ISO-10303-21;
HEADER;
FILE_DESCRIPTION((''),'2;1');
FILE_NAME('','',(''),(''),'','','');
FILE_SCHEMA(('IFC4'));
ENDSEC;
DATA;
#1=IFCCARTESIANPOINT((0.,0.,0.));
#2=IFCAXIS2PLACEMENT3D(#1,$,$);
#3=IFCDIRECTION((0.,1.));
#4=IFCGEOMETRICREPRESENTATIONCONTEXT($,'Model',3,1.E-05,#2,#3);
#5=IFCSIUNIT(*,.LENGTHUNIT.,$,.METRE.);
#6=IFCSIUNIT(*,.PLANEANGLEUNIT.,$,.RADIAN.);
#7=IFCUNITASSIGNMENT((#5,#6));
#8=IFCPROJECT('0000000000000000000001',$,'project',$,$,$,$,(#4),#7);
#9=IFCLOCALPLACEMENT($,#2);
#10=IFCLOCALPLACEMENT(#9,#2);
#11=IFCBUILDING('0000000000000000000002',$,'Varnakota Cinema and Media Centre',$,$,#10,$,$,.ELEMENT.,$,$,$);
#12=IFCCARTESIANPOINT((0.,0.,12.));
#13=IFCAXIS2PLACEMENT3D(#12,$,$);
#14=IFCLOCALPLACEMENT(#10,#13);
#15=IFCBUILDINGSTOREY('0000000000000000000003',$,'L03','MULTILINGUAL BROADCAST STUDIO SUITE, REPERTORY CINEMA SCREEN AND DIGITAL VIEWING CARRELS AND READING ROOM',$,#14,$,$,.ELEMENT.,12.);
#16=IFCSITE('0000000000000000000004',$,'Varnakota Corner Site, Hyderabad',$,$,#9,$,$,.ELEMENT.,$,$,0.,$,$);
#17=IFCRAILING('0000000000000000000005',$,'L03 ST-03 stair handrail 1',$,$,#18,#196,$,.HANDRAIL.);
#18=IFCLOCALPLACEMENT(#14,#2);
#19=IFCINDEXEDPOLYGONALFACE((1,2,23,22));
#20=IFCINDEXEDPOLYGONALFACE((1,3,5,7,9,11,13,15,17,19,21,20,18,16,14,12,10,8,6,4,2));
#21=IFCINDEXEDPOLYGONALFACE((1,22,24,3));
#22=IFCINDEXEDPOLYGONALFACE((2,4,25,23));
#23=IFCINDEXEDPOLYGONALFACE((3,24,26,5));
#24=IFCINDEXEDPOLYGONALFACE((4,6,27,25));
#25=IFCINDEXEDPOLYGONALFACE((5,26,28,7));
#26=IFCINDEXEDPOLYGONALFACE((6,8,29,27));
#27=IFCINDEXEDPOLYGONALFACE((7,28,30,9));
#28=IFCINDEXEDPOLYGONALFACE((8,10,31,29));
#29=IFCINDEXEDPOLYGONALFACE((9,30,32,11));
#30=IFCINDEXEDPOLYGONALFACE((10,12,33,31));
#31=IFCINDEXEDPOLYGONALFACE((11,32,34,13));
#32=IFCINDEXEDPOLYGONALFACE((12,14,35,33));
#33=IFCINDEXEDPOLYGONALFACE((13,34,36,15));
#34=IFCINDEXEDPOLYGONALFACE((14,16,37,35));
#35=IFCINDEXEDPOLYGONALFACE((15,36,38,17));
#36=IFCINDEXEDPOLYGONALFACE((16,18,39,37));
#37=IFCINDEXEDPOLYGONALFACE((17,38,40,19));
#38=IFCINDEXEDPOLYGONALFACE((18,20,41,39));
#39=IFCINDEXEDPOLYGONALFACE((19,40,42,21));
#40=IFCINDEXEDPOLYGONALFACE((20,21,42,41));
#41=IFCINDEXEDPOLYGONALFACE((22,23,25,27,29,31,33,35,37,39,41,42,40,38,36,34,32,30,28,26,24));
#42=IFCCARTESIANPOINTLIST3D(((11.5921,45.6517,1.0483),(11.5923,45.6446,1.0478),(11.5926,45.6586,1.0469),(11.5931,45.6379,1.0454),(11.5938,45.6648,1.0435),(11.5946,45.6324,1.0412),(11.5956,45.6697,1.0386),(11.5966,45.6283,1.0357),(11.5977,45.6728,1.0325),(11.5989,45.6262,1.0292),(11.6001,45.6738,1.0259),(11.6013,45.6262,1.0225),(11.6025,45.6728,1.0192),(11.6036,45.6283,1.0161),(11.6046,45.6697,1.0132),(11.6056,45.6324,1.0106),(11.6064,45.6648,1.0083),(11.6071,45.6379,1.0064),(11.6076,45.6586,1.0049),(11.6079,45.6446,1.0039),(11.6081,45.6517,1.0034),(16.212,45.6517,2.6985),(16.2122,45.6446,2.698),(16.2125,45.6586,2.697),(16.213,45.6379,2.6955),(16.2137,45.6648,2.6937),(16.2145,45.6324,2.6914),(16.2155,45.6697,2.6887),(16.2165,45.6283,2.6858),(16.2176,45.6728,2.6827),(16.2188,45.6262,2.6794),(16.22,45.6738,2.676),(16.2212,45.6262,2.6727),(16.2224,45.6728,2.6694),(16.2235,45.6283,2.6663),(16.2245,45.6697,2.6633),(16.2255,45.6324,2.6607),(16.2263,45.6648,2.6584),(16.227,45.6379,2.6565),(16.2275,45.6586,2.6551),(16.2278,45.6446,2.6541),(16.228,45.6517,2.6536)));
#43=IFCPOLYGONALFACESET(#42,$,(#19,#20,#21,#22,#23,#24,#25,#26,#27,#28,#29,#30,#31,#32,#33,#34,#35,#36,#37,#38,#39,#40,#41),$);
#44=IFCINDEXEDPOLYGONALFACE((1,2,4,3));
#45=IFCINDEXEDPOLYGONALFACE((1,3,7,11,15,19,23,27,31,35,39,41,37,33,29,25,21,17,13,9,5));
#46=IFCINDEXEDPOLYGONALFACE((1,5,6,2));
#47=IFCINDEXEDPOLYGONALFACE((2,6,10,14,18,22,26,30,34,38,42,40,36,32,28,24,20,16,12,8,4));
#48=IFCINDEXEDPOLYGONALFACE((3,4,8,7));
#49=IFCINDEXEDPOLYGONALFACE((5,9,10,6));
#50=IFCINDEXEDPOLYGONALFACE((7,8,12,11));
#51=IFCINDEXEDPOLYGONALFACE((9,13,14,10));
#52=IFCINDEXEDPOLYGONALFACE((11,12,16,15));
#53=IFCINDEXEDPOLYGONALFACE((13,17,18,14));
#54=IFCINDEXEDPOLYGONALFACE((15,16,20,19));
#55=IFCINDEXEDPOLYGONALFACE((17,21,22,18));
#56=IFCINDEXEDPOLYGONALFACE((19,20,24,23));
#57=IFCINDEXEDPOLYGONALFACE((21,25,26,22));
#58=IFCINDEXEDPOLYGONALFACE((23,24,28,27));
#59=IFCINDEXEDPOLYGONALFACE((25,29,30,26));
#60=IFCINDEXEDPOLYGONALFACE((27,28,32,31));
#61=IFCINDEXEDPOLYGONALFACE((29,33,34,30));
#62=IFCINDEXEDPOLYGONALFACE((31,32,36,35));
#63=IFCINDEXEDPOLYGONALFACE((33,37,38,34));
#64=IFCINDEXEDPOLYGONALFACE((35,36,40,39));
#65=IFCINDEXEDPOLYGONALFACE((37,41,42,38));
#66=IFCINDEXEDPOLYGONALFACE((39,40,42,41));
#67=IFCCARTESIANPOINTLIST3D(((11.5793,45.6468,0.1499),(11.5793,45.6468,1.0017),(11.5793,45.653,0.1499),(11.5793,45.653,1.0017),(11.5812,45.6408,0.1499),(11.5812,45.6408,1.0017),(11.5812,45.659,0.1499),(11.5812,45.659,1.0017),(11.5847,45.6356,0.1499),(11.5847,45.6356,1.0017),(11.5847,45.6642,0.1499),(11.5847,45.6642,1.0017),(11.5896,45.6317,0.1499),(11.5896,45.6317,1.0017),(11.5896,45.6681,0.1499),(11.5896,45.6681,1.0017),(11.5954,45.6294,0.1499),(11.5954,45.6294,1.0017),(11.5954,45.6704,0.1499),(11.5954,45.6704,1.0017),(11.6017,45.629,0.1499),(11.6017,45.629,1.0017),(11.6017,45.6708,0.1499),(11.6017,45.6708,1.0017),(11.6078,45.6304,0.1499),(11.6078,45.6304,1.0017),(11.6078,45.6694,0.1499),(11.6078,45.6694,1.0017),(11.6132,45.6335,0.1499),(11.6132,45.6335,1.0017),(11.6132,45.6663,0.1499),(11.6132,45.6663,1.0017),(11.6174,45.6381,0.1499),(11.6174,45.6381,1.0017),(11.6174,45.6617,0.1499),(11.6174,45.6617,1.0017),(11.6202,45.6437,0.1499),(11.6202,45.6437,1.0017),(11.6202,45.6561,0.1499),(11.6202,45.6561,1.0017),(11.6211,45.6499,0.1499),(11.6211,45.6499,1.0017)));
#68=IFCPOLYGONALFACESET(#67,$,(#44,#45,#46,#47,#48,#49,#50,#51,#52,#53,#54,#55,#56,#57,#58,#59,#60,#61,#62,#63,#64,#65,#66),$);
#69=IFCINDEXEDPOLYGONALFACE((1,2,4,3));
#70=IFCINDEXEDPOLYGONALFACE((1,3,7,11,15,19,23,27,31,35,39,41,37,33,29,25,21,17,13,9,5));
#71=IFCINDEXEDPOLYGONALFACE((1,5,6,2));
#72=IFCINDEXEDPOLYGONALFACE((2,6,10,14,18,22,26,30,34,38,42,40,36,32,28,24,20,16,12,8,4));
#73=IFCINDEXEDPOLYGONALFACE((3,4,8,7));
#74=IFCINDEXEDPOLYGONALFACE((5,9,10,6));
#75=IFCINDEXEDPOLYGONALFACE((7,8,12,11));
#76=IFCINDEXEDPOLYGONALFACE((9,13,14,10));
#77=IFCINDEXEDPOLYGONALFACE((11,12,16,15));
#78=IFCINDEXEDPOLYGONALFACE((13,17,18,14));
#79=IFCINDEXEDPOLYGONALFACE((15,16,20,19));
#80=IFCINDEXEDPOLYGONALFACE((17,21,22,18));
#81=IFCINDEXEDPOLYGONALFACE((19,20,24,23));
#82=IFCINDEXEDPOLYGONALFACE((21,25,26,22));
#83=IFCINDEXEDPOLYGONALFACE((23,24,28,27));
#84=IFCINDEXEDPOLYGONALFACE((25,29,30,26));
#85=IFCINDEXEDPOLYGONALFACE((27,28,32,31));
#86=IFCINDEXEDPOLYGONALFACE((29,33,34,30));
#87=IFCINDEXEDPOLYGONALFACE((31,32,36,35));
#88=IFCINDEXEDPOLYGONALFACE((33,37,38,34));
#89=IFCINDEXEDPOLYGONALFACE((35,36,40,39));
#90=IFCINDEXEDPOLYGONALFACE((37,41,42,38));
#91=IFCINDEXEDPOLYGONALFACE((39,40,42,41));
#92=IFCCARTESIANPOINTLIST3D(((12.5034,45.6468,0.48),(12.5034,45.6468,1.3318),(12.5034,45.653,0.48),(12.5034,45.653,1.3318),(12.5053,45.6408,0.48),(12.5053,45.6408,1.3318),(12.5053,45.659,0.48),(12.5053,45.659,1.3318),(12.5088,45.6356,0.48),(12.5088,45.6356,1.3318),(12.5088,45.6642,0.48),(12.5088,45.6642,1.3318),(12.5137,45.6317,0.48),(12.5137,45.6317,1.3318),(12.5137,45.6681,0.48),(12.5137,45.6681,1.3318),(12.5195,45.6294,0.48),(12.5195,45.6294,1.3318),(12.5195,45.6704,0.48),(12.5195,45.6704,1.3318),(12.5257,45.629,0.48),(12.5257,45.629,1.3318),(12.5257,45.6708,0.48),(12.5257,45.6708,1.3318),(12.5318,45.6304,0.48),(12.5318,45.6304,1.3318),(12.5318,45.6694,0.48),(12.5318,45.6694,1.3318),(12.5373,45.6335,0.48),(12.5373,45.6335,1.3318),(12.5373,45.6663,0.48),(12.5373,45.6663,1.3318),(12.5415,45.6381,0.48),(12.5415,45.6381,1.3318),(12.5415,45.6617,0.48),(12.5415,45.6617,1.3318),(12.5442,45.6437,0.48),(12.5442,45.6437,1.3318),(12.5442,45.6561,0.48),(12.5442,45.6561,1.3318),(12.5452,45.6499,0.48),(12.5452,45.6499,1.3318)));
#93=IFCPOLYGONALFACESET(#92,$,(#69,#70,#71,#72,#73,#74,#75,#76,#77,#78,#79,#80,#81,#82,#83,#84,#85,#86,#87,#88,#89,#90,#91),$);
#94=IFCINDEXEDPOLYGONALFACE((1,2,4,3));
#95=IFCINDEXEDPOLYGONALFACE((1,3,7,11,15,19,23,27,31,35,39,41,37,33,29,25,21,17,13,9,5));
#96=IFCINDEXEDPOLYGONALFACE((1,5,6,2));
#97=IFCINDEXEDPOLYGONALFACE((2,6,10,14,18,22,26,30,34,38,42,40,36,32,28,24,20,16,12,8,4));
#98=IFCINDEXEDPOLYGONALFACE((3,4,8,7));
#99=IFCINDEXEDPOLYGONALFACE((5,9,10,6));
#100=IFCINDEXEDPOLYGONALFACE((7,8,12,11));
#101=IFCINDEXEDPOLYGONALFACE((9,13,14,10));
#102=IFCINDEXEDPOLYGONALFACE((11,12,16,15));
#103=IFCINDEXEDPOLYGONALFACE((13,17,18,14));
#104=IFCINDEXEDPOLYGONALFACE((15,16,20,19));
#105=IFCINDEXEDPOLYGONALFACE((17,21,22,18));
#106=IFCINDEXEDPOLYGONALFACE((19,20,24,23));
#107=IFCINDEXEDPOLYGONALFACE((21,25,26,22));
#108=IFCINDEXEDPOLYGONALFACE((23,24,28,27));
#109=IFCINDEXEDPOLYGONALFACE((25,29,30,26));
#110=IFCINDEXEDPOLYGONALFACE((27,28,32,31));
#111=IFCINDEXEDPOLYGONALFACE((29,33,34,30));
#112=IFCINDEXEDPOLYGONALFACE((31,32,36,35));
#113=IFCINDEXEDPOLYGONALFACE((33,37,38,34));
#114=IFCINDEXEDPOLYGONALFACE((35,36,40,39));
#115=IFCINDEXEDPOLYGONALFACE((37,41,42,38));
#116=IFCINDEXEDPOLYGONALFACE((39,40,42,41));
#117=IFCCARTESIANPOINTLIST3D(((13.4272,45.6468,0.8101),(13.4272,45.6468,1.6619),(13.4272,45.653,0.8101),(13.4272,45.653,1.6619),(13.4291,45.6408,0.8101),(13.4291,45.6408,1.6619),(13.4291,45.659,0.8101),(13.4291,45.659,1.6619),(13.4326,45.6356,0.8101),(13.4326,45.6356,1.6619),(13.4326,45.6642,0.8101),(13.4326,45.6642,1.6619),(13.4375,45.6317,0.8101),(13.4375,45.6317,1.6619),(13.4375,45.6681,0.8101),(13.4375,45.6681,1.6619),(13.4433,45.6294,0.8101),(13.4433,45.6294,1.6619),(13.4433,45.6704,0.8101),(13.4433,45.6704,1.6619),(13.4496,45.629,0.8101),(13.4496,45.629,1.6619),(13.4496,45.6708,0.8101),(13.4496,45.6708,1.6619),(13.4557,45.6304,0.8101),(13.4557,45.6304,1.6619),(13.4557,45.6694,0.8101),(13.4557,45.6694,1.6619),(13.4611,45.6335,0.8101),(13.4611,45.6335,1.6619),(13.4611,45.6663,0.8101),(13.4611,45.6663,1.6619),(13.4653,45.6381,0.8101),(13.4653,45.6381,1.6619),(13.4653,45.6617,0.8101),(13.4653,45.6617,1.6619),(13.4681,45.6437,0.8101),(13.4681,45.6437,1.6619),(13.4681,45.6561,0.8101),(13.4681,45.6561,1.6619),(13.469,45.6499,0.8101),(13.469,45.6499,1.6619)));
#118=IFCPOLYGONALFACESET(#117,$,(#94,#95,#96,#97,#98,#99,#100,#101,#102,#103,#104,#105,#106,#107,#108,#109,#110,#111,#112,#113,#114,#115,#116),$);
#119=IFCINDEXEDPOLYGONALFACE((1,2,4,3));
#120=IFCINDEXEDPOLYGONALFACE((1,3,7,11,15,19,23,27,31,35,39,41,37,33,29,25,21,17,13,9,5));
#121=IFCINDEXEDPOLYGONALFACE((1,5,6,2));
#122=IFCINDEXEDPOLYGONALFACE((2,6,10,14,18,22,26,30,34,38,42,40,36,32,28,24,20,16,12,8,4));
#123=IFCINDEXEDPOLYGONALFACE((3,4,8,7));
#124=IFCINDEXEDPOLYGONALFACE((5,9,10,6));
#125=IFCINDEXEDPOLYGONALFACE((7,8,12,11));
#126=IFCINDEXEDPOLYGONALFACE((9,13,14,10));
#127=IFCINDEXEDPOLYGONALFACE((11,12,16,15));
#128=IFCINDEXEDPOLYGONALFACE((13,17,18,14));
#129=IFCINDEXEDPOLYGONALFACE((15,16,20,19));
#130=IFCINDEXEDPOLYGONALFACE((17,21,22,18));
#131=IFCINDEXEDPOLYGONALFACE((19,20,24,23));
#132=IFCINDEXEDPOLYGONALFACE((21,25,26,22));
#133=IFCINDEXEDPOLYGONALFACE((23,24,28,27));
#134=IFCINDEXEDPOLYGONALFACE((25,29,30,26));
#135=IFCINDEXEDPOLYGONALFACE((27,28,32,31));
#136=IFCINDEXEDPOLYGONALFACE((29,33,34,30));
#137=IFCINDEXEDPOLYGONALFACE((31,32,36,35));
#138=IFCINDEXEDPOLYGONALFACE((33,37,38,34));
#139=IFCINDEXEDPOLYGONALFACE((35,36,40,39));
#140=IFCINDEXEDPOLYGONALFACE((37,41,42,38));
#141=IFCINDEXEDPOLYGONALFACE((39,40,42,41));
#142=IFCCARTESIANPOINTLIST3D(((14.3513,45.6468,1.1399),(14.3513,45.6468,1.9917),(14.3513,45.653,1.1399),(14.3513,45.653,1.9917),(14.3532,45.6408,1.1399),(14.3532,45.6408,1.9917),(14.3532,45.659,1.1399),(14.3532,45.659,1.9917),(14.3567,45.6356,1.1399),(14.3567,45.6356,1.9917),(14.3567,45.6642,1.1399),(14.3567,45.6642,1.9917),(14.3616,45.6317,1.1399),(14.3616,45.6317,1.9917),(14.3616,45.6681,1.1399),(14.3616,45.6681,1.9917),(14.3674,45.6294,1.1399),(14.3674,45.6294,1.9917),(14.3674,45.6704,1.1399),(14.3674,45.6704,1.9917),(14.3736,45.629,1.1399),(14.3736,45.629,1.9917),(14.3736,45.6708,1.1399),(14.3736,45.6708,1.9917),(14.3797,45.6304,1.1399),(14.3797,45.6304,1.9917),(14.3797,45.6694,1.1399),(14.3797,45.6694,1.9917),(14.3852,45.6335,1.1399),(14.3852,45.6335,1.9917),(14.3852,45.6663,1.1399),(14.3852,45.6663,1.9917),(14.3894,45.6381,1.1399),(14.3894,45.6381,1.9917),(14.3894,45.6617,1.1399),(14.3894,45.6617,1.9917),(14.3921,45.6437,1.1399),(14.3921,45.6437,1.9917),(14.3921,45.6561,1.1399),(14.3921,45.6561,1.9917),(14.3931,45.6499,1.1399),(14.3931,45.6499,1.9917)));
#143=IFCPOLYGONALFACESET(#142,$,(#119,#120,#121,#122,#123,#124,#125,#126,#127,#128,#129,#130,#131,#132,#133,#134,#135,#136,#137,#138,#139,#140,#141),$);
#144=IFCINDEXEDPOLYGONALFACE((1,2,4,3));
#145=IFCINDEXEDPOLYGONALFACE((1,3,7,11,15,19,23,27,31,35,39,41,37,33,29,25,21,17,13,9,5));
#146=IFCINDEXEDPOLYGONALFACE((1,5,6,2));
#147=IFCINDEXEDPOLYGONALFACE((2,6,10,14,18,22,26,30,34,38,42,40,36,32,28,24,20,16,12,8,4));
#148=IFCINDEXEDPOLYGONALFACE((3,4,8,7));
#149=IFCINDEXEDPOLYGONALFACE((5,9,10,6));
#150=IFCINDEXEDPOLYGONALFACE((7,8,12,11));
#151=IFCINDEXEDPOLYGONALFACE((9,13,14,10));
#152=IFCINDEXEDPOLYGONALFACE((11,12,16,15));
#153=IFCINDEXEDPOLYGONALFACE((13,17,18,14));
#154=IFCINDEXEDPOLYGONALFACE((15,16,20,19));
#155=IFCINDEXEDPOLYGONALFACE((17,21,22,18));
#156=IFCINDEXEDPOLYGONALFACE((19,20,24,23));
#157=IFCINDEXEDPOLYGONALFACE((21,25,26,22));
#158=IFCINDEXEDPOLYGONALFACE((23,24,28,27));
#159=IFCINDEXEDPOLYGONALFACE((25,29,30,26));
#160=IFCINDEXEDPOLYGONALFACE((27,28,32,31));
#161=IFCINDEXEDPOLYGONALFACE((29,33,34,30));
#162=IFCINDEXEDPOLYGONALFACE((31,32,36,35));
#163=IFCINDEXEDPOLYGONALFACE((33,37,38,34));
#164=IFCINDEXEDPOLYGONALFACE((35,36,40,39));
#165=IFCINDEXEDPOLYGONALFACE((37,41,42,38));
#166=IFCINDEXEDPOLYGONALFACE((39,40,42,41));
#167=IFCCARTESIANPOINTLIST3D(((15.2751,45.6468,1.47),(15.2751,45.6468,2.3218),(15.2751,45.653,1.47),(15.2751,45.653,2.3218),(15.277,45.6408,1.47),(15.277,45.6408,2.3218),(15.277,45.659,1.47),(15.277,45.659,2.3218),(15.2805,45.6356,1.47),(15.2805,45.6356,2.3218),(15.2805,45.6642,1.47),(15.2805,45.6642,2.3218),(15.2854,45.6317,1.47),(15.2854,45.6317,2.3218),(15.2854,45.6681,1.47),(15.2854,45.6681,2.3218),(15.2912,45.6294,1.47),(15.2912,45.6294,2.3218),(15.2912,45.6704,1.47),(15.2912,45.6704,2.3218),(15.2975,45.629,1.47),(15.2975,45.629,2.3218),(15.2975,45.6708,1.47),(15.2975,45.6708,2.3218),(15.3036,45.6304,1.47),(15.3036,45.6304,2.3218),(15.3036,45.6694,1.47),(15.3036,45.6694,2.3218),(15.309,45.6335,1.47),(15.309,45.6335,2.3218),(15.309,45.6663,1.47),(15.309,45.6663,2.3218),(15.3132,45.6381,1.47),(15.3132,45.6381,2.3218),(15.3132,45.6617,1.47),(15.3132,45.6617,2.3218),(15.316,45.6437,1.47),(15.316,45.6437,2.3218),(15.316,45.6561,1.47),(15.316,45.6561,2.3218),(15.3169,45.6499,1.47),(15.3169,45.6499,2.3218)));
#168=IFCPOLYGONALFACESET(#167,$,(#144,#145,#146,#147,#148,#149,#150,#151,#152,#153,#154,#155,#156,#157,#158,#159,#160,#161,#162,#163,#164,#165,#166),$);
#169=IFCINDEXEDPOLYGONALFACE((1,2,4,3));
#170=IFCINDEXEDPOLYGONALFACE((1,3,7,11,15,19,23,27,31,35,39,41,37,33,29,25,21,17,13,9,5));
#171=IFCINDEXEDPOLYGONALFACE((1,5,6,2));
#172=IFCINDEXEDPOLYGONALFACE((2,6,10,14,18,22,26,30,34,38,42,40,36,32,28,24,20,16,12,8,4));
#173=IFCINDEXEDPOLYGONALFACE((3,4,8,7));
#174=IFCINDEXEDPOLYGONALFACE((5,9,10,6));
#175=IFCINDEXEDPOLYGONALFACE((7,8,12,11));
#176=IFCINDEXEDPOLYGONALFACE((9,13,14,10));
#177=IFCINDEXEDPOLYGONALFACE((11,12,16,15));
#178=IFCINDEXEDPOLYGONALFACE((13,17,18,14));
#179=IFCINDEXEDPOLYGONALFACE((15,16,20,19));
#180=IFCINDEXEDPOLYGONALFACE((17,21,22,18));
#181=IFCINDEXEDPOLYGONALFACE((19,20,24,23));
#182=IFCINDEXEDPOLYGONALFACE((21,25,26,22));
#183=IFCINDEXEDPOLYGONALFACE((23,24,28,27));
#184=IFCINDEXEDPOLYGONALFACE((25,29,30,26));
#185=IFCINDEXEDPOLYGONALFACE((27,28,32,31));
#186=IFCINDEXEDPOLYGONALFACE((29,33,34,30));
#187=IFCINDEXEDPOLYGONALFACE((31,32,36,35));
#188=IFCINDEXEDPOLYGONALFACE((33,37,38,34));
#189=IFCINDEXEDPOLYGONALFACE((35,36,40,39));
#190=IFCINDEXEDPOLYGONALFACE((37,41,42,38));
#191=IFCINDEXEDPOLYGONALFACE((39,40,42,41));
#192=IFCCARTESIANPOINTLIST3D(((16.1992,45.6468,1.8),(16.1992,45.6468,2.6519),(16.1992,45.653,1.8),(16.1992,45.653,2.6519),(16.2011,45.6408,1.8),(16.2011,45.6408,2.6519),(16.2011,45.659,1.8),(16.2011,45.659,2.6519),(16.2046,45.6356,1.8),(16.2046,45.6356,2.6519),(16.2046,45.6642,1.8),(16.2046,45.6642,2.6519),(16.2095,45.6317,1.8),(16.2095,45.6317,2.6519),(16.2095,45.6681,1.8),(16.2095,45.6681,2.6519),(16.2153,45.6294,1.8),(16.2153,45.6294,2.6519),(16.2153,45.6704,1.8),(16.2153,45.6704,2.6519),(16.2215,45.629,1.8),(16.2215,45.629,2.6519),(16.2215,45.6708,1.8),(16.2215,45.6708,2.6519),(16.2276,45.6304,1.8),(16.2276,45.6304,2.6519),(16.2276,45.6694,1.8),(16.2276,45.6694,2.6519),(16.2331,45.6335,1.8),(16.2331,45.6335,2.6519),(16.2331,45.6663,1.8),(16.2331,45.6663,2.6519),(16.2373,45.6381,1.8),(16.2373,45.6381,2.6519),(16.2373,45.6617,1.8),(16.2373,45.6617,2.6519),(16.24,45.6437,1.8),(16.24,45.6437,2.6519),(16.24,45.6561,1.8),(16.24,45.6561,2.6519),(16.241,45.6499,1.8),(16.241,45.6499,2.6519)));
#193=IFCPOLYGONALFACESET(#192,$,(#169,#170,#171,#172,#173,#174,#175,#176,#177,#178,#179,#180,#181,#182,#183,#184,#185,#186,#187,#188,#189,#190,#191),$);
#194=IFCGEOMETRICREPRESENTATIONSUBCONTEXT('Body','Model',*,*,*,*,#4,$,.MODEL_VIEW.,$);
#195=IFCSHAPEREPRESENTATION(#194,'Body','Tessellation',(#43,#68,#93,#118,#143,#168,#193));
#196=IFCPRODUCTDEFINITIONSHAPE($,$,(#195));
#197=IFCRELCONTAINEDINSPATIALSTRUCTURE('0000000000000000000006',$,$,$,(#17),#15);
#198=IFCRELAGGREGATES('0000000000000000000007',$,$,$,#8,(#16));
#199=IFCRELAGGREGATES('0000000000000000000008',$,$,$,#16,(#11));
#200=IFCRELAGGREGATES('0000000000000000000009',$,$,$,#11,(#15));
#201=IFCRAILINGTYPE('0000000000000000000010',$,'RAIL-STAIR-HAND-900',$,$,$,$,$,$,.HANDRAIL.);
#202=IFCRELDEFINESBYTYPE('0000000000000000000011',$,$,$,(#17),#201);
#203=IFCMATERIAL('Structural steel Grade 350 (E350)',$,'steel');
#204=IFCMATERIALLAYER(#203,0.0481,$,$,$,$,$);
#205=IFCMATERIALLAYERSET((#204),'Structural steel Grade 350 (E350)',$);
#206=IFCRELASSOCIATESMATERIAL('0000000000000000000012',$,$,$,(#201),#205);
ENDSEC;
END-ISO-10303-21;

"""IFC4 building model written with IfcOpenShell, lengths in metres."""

from ifc_helpers import new_model, si_unit, direction, frame, origin, origin_2d, place, context, subcontext, project, spatial, circle, extrude, material, layer, layer_set, type_object, element, save


model = new_model("IFC4")

# Units and contexts
model_context = context("Model", 3, precision=1e-05, world=origin(), true_north=direction((0.0, 1.0)))
body_context = subcontext(model_context, "Body", "Model", "MODEL_VIEW")
ifc_project = project(units=[si_unit("LENGTHUNIT", "METRE"), si_unit("PLANEANGLEUNIT", "RADIAN")], contexts=[model_context])

# Site, building, storey
site_placement = place(None, origin())
site = spatial("IfcSite", under=ifc_project, at=site_placement, Name="Varnakota Corner Site, Hyderabad", CompositionType="ELEMENT", RefElevation=0.0)
building_placement = place(site_placement, origin())
building = spatial("IfcBuilding", under=site, at=building_placement, Name="Varnakota Cinema and Media Centre", CompositionType="ELEMENT")
storey_placement = place(building_placement, frame((0.0, 0.0, 12.0)))
storey = spatial("IfcBuildingStorey", under=building, at=storey_placement, Name="L03", Description="MULTILINGUAL BROADCAST STUDIO SUITE, REPERTORY CINEMA SCREEN AND DIGITAL VIEWING CARRELS AND READING ROOM", CompositionType="ELEMENT", Elevation=12.0)

# Railing
ifc_material_1 = material(Name="Structural steel Grade 350 (E350)", Category="steel")
ifc_layer_1 = layer(ifc_material_1, 0.0481)
ifc_layer_set_1 = layer_set([ifc_layer_1], Name="Structural steel Grade 350 (E350)")
railing_type_1 = type_object("IfcRailingType", Name="RAIL-STAIR-HAND-900", PredefinedType="HANDRAIL", material=ifc_layer_set_1)
railing_1_placement = place(storey_placement, frame((11.6001, 45.6499, 0.1499)))
element("IfcRailing", 1, at=railing_1_placement, inside=storey, type_object=railing_type_1, Name="L03 ST-03 stair handrail 1", PredefinedType="HANDRAIL", context=body_context, shape_type="SweptSolid", body=[
    extrude(circle(Radius=0.0239, at=origin_2d()), frame((0.0, 0.0, 0.876), z_axis=(0.94173, 0.0, 0.336371), x_axis=(0.0, 1.0, 0.0)), (0.0, 0.0, 1.0), 4.9058),
    extrude(circle(Radius=0.021, at=origin_2d()), origin(), (0.0, 0.0, 1.0), 0.8518),
    extrude(circle(Radius=0.021, at=origin_2d()), frame((0.9241, 0.0, 0.3301)), (0.0, 0.0, 1.0), 0.8518),
    extrude(circle(Radius=0.021, at=origin_2d()), frame((1.8479, 0.0, 0.6602)), (0.0, 0.0, 1.0), 0.8518),
    extrude(circle(Radius=0.021, at=origin_2d()), frame((2.772, 0.0, 0.99)), (0.0, 0.0, 1.0), 0.8518),
    extrude(circle(Radius=0.021, at=origin_2d()), frame((3.6958, 0.0, 1.3201)), (0.0, 0.0, 1.0), 0.8518),
    extrude(circle(Radius=0.021, at=origin_2d()), frame((4.6199, 0.0, 1.6501)), (0.0, 0.0, 1.0), 0.8518),
])

save(model, "model.ifc")
